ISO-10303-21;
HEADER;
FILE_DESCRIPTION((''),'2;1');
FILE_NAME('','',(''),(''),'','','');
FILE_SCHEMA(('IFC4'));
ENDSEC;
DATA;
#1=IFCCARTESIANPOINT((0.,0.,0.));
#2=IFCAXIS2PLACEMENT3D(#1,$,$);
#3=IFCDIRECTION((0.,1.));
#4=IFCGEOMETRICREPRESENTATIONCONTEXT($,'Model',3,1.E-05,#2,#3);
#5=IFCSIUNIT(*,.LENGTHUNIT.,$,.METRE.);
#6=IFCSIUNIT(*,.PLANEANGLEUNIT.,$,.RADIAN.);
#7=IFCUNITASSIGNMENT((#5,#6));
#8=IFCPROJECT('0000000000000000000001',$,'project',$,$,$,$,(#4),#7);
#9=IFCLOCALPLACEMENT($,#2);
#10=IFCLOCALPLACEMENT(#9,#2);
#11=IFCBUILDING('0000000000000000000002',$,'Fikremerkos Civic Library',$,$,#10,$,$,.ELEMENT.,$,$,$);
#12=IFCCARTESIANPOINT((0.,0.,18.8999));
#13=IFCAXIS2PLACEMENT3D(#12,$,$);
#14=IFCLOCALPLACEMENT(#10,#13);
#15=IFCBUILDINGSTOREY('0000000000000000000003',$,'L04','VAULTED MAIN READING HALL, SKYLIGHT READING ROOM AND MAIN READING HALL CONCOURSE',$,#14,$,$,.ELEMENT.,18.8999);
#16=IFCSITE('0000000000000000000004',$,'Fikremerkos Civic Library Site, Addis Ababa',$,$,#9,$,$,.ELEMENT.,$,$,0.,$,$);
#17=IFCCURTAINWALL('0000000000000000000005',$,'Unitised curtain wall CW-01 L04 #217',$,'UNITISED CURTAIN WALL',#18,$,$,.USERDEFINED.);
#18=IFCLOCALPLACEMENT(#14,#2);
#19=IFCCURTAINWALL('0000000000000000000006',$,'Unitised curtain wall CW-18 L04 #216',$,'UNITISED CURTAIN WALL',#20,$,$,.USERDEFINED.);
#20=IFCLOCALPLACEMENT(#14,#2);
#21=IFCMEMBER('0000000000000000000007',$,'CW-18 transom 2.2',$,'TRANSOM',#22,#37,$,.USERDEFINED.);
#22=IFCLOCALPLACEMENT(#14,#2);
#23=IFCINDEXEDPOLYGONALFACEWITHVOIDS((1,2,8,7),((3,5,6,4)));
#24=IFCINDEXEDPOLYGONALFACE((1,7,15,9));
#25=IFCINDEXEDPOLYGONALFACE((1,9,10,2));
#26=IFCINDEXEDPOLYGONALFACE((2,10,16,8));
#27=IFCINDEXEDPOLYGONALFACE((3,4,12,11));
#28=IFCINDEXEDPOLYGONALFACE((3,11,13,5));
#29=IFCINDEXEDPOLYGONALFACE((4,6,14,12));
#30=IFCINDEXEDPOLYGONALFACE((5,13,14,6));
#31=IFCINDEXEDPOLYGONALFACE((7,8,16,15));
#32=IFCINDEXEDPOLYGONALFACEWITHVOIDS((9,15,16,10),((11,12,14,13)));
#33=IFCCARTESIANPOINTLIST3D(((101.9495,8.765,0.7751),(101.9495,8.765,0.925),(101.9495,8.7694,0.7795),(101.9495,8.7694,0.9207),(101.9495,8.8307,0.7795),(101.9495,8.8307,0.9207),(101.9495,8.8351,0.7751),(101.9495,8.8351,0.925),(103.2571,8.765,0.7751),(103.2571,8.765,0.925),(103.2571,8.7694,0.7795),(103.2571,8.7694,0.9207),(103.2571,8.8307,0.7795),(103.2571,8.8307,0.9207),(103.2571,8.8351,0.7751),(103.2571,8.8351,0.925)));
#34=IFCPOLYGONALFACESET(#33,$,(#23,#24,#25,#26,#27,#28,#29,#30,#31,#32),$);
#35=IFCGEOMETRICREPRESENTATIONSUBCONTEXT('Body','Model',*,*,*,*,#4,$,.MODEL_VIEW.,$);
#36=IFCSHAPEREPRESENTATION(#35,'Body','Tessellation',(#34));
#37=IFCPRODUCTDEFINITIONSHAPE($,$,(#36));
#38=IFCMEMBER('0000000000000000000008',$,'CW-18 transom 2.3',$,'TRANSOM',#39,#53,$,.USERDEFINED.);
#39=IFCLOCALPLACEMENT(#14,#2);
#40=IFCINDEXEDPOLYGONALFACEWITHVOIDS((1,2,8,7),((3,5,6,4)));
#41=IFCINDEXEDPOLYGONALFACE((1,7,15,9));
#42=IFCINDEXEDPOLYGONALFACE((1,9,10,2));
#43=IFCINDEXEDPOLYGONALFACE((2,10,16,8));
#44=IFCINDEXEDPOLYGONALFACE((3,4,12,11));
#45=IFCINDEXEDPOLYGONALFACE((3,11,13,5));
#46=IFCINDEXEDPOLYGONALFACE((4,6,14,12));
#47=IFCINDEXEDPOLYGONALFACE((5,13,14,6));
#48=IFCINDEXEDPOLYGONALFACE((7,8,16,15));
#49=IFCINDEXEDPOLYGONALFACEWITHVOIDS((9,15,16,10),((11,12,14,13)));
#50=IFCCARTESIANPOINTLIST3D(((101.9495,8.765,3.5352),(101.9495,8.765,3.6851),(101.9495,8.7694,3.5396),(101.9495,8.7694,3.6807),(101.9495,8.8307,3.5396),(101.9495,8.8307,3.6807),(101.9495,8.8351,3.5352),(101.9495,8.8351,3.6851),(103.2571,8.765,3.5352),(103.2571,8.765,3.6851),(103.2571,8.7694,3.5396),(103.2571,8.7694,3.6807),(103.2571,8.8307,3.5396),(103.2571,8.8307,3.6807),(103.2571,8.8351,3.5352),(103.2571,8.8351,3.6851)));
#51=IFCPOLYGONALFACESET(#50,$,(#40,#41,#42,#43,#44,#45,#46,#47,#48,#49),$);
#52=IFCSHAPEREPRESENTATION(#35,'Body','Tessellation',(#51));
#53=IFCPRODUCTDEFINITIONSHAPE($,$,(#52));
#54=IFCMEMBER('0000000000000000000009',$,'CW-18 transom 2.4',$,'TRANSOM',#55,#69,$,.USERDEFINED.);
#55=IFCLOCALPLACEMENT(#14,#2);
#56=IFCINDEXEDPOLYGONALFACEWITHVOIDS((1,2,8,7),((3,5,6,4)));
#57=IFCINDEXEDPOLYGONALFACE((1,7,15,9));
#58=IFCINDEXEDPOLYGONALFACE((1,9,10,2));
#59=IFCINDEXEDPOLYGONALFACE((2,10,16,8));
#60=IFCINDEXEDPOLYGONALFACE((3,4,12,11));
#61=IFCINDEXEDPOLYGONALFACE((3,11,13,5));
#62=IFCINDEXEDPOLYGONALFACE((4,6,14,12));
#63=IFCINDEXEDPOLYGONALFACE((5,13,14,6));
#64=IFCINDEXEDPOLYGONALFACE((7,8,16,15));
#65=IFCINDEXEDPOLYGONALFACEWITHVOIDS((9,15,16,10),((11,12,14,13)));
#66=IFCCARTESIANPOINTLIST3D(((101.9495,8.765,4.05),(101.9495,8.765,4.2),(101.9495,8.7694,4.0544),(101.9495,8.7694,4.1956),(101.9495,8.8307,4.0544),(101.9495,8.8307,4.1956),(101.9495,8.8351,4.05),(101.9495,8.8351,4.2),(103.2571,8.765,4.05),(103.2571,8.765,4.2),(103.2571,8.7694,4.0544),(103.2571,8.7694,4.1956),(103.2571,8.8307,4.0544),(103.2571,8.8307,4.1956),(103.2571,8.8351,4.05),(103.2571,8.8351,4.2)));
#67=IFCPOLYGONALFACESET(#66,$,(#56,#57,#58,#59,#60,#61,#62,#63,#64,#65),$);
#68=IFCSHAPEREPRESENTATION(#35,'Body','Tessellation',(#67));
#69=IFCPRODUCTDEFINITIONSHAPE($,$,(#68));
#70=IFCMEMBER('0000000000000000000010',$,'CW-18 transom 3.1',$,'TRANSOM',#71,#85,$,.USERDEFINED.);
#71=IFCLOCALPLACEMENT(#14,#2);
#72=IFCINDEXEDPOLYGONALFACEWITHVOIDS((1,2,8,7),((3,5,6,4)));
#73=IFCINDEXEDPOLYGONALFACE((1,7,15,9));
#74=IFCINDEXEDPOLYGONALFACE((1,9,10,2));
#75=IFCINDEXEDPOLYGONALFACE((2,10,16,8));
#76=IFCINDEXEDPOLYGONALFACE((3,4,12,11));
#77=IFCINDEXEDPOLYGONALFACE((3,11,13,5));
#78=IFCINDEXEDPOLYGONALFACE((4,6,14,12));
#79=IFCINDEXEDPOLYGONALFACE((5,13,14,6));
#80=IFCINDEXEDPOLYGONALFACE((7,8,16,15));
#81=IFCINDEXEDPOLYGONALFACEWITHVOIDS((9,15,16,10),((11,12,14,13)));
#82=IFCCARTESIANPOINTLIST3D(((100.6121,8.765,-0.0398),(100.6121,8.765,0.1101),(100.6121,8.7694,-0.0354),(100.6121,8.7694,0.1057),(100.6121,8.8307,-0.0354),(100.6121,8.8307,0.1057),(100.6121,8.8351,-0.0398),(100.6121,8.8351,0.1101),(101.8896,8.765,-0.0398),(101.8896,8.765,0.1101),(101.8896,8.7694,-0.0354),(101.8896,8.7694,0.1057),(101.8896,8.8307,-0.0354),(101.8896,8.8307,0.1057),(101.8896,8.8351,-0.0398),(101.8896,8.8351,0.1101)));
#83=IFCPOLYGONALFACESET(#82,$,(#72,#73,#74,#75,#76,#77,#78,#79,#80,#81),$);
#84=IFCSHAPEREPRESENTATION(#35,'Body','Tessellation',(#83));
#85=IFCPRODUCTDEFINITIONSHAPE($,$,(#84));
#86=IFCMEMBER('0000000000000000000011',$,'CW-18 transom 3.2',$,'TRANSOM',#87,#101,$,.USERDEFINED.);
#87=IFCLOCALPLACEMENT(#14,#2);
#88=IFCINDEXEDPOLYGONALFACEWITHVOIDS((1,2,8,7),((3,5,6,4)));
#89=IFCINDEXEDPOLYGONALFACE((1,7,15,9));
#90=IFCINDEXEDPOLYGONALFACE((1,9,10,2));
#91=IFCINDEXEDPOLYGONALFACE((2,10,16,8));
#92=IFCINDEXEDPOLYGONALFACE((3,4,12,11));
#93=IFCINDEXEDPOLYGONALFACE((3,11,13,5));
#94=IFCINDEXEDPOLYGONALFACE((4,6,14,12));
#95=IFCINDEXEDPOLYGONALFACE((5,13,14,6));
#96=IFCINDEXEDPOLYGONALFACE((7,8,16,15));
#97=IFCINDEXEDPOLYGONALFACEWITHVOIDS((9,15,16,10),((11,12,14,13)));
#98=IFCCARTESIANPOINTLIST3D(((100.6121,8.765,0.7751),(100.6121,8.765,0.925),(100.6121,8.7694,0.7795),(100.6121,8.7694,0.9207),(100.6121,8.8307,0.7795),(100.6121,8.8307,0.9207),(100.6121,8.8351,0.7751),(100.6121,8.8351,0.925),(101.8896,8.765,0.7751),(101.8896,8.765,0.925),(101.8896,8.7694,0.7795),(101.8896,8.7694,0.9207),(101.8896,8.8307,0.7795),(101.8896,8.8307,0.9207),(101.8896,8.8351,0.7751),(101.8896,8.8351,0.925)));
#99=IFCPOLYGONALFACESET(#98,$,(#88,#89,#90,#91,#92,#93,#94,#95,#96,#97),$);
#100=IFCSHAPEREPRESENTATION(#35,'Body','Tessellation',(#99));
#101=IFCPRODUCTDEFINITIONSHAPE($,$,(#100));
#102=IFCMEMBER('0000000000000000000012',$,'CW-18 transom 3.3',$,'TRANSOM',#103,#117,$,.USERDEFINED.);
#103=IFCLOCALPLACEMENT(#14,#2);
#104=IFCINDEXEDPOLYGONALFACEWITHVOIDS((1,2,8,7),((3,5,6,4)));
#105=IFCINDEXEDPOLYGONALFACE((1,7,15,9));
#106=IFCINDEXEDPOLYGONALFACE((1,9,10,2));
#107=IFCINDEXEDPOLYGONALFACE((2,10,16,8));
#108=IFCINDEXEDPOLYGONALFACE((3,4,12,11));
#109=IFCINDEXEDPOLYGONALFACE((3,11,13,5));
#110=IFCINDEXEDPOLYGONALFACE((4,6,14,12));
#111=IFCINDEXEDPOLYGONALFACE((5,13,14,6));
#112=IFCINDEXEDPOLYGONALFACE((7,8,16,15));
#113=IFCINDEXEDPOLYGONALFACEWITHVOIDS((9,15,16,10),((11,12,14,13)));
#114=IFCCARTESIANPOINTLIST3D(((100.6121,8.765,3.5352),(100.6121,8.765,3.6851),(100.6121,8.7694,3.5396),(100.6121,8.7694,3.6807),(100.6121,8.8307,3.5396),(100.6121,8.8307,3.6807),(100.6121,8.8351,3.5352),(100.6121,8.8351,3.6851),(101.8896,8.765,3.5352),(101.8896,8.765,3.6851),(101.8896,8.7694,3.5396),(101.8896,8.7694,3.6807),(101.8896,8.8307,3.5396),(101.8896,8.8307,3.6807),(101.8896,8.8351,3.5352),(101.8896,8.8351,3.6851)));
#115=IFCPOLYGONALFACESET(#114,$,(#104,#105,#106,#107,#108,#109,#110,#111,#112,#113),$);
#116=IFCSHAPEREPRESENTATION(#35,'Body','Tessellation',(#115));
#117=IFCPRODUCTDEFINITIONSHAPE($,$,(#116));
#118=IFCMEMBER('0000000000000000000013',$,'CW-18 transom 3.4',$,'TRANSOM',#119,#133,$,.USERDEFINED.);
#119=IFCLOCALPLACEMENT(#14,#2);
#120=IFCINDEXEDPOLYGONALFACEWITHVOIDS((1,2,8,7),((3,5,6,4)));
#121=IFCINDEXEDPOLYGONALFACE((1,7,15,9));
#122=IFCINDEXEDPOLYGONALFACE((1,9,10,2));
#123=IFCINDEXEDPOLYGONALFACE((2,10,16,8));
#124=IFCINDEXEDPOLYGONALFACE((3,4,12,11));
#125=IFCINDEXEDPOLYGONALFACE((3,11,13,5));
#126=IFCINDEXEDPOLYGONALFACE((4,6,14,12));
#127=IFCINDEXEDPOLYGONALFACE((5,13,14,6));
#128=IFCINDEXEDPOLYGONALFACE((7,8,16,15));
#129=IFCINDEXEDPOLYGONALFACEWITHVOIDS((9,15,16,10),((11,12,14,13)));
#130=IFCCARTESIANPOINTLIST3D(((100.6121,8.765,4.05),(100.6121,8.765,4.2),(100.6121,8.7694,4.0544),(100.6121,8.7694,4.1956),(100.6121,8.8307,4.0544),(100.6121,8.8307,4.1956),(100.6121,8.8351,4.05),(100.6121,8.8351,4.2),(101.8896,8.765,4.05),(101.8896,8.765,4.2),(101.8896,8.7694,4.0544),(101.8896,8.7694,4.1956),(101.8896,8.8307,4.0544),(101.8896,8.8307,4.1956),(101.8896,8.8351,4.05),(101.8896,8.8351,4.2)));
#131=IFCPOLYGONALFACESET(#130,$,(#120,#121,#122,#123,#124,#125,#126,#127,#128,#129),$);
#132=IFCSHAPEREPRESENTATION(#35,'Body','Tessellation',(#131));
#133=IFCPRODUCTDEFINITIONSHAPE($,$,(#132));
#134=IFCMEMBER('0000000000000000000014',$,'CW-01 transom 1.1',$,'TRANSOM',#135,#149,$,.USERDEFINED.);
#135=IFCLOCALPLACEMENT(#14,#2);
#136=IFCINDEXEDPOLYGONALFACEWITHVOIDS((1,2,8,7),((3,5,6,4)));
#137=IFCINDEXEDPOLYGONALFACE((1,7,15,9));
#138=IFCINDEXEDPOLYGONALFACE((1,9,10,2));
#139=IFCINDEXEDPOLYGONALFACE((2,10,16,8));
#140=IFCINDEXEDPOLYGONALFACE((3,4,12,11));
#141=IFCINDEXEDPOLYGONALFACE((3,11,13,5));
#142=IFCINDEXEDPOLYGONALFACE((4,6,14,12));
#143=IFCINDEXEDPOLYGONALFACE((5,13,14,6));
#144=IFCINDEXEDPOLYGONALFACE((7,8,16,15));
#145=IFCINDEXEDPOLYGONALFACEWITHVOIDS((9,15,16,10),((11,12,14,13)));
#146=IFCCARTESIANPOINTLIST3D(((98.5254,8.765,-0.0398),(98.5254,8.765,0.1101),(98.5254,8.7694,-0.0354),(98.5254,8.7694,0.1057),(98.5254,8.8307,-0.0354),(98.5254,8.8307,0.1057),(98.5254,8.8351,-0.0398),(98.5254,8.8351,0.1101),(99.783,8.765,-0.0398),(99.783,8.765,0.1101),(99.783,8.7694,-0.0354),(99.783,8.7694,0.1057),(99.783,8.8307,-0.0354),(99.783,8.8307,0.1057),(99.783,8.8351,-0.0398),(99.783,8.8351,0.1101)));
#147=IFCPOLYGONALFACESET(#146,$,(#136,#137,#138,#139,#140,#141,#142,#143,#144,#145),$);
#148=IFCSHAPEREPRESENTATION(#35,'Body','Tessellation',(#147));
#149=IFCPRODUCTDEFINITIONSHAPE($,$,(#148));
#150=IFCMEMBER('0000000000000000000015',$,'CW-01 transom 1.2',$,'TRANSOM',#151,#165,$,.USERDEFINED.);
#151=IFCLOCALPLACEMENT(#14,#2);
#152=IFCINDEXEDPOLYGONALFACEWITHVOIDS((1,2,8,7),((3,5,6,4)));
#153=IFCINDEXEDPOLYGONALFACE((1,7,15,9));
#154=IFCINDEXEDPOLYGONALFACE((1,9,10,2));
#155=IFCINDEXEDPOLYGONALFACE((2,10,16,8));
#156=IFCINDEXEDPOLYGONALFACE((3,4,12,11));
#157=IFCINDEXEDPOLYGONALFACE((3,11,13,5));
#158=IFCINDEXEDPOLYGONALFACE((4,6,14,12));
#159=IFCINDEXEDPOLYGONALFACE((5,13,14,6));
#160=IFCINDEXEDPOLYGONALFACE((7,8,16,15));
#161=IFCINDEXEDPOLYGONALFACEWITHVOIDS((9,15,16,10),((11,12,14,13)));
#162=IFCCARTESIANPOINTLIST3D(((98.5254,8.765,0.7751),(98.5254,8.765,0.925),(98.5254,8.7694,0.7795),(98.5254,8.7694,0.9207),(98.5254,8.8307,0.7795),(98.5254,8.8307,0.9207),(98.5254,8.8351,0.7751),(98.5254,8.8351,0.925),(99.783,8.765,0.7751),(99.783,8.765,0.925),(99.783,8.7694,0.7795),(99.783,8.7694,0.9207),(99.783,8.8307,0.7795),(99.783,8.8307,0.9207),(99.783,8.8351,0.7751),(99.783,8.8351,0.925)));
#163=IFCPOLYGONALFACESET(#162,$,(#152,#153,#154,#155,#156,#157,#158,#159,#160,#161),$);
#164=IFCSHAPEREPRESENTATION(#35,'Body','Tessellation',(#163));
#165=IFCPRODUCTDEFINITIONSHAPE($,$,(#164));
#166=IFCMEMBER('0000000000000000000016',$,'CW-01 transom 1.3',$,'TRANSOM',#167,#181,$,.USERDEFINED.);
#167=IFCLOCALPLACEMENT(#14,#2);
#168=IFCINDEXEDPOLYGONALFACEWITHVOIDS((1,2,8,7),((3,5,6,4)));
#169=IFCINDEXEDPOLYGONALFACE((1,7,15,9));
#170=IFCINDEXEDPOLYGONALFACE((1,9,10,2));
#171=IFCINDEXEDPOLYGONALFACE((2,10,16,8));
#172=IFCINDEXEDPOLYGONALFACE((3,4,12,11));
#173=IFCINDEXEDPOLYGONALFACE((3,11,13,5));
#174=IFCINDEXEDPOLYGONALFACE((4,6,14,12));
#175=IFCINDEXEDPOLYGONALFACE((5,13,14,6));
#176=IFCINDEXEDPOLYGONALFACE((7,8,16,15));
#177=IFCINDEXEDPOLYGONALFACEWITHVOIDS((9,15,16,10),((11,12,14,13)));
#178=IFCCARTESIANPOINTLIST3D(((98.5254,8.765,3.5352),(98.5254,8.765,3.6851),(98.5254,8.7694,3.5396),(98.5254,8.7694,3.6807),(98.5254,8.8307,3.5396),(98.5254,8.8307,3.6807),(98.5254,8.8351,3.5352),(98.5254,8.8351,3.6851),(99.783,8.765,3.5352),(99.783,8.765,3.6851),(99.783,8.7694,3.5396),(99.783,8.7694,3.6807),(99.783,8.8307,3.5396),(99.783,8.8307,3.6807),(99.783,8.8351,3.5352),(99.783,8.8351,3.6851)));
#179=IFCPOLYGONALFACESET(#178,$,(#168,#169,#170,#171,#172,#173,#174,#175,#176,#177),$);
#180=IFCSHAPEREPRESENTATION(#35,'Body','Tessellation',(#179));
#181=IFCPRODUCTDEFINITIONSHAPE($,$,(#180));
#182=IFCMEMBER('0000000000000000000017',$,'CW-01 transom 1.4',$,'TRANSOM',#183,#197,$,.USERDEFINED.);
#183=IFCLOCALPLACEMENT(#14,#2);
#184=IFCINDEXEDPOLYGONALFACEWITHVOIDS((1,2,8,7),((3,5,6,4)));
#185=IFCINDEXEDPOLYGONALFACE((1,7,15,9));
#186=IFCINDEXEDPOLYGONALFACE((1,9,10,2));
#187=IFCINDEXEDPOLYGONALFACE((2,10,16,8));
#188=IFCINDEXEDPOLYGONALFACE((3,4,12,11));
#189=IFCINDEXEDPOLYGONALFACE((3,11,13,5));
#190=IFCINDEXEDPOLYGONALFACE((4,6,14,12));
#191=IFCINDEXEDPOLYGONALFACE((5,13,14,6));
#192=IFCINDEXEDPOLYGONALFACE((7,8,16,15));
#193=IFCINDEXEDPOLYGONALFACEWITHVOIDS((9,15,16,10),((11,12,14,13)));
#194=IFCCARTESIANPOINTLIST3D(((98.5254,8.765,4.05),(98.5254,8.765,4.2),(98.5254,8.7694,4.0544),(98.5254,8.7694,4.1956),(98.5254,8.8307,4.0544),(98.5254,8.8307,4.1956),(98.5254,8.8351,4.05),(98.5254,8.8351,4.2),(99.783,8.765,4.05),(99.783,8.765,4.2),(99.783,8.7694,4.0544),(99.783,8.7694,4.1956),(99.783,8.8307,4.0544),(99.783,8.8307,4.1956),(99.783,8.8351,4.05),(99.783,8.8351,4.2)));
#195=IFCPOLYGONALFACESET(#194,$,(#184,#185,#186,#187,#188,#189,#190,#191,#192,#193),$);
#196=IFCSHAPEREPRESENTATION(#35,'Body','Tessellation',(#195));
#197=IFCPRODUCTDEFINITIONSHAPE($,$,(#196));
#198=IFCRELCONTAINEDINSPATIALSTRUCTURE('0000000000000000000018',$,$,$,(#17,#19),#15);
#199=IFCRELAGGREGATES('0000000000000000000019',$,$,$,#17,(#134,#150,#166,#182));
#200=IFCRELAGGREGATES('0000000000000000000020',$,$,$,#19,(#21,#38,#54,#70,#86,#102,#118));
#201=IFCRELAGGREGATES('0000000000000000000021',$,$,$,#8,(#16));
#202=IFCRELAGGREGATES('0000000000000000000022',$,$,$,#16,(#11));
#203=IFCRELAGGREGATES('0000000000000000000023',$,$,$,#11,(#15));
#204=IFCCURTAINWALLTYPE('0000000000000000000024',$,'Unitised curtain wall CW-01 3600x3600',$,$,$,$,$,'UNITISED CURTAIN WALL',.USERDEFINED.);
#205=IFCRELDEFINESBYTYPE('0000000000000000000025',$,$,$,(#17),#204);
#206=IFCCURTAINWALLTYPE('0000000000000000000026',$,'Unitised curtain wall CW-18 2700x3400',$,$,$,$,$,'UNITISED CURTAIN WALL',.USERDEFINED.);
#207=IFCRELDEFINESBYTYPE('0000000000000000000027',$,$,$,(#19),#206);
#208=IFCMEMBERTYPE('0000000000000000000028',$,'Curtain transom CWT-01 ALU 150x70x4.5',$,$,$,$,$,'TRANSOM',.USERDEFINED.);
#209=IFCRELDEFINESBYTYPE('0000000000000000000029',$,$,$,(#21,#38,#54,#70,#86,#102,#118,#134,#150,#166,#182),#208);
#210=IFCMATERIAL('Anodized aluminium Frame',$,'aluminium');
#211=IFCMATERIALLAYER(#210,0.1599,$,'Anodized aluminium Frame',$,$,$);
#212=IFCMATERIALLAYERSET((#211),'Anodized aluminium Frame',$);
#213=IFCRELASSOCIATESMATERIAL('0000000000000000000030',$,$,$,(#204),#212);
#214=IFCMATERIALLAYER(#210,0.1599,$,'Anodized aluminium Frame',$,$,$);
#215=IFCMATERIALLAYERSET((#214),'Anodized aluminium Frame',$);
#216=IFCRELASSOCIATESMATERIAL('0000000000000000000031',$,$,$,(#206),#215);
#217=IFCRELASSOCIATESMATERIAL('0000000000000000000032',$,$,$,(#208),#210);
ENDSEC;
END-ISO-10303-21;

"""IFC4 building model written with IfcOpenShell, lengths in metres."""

from ifc_helpers import new_model, si_unit, direction, frame, origin, origin_2d, place, context, subcontext, project, spatial, hollow_rectangle, extrude, material, layer, layer_set, material_profile, profile_set, type_object, element, aggregate, save


model = new_model("IFC4")

# Units and contexts
model_context = context("Model", 3, precision=1e-05, world=origin(), true_north=direction((0.0, 1.0)))
body_context = subcontext(model_context, "Body", "Model", "MODEL_VIEW")
ifc_project = project(units=[si_unit("LENGTHUNIT", "METRE"), si_unit("PLANEANGLEUNIT", "RADIAN")], contexts=[model_context])

# Site, building, storey
site_placement = place(None, origin())
site = spatial("IfcSite", under=ifc_project, at=site_placement, Name="Fikremerkos Civic Library Site, Addis Ababa", CompositionType="ELEMENT", RefElevation=0.0)
building_placement = place(site_placement, origin())
building = spatial("IfcBuilding", under=site, at=building_placement, Name="Fikremerkos Civic Library", CompositionType="ELEMENT")
storey_placement = place(building_placement, frame((0.0, 0.0, 18.8999)))
storey = spatial("IfcBuildingStorey", under=building, at=storey_placement, Name="L04", Description="VAULTED MAIN READING HALL, SKYLIGHT READING ROOM AND MAIN READING HALL CONCOURSE", CompositionType="ELEMENT", Elevation=18.8999)

# Curtain walls, members
ifc_material_1 = material(Name="Anodized aluminium Frame", Category="aluminium")
ifc_layer_1 = layer(ifc_material_1, 0.1599, Name="Anodized aluminium Frame")
ifc_layer_set_1 = layer_set([ifc_layer_1], Name="Anodized aluminium Frame")
curtain_wall_type_1 = type_object("IfcCurtainWallType", Name="Unitised curtain wall CW-01 3600x3600", ElementType="UNITISED CURTAIN WALL", PredefinedType="USERDEFINED", material=ifc_layer_set_1)
curtain_wall_1_placement = place(storey_placement, origin())
curtain_wall_1 = element("IfcCurtainWall", 1, at=curtain_wall_1_placement, inside=storey, type_object=curtain_wall_type_1, Name="Unitised curtain wall CW-01 L04 #217", ObjectType="UNITISED CURTAIN WALL", PredefinedType="USERDEFINED")
ifc_layer_2 = layer(ifc_material_1, 0.1599, Name="Anodized aluminium Frame")
ifc_layer_set_2 = layer_set([ifc_layer_2], Name="Anodized aluminium Frame")
curtain_wall_type_2 = type_object("IfcCurtainWallType", Name="Unitised curtain wall CW-18 2700x3400", ElementType="UNITISED CURTAIN WALL", PredefinedType="USERDEFINED", material=ifc_layer_set_2)
curtain_wall_2_placement = place(storey_placement, origin())
curtain_wall_2 = element("IfcCurtainWall", 2, at=curtain_wall_2_placement, inside=storey, type_object=curtain_wall_type_2, Name="Unitised curtain wall CW-18 L04 #216", ObjectType="UNITISED CURTAIN WALL", PredefinedType="USERDEFINED")
ifc_material_profile_1 = material_profile(ifc_material_1, hollow_rectangle(XDim=0.0701, YDim=0.1499, WallThickness=0.0044, at=origin_2d()), Name="ALU 150x70x4.5")
ifc_profile_set_1 = profile_set([ifc_material_profile_1], Name="Anodized aluminium Frame")
member_type_1 = type_object("IfcMemberType", Name="Curtain transom CWT-01 ALU 150x70x4.5", ElementType="TRANSOM", PredefinedType="USERDEFINED", material=ifc_profile_set_1)
member_1_placement = place(storey_placement, frame((103.2571, 8.8, 0.8501), z_axis=(-1.0, 0.0, 0.0), x_axis=(0.0, -1.0, 0.0)))
member_1 = element("IfcMember", 3, at=member_1_placement, type_object=member_type_1, Name="CW-18 transom 2.2", ObjectType="TRANSOM", PredefinedType="USERDEFINED", context=body_context, shape_type="SweptSolid", body=[
    extrude(hollow_rectangle(XDim=0.0701, YDim=0.1499, WallThickness=0.0044, at=origin_2d()), origin(), (0.0, 0.0, 1.0), 1.3076),
])
member_2_placement = place(storey_placement, frame((103.2571, 8.8, 3.6101), z_axis=(-1.0, 0.0, 0.0), x_axis=(0.0, -1.0, 0.0)))
member_2 = element("IfcMember", 4, at=member_2_placement, type_object=member_type_1, Name="CW-18 transom 2.3", ObjectType="TRANSOM", PredefinedType="USERDEFINED", context=body_context, shape_type="SweptSolid", body=[
    extrude(hollow_rectangle(XDim=0.0701, YDim=0.1499, WallThickness=0.0044, at=origin_2d()), origin(), (0.0, 0.0, 1.0), 1.3076),
])
member_3_placement = place(storey_placement, frame((103.2571, 8.8, 4.125), z_axis=(-1.0, 0.0, 0.0), x_axis=(0.0, -1.0, 0.0)))
member_3 = element("IfcMember", 5, at=member_3_placement, type_object=member_type_1, Name="CW-18 transom 2.4", ObjectType="TRANSOM", PredefinedType="USERDEFINED", context=body_context, shape_type="SweptSolid", body=[
    extrude(hollow_rectangle(XDim=0.0701, YDim=0.1499, WallThickness=0.0044, at=origin_2d()), origin(), (0.0, 0.0, 1.0), 1.3076),
])
member_4_placement = place(storey_placement, frame((101.8896, 8.8, 0.0352), z_axis=(-1.0, 0.0, 0.0), x_axis=(0.0, -1.0, 0.0)))
member_4 = element("IfcMember", 6, at=member_4_placement, type_object=member_type_1, Name="CW-18 transom 3.1", ObjectType="TRANSOM", PredefinedType="USERDEFINED", context=body_context, shape_type="SweptSolid", body=[
    extrude(hollow_rectangle(XDim=0.0701, YDim=0.1499, WallThickness=0.0044, at=origin_2d()), origin(), (0.0, 0.0, 1.0), 1.2776),
])
member_5_placement = place(storey_placement, frame((101.8896, 8.8, 0.8501), z_axis=(-1.0, 0.0, 0.0), x_axis=(0.0, -1.0, 0.0)))
member_5 = element("IfcMember", 7, at=member_5_placement, type_object=member_type_1, Name="CW-18 transom 3.2", ObjectType="TRANSOM", PredefinedType="USERDEFINED", context=body_context, shape_type="SweptSolid", body=[
    extrude(hollow_rectangle(XDim=0.0701, YDim=0.1499, WallThickness=0.0044, at=origin_2d()), origin(), (0.0, 0.0, 1.0), 1.2776),
])
member_6_placement = place(storey_placement, frame((101.8896, 8.8, 3.6101), z_axis=(-1.0, 0.0, 0.0), x_axis=(0.0, -1.0, 0.0)))
member_6 = element("IfcMember", 8, at=member_6_placement, type_object=member_type_1, Name="CW-18 transom 3.3", ObjectType="TRANSOM", PredefinedType="USERDEFINED", context=body_context, shape_type="SweptSolid", body=[
    extrude(hollow_rectangle(XDim=0.0701, YDim=0.1499, WallThickness=0.0044, at=origin_2d()), origin(), (0.0, 0.0, 1.0), 1.2776),
])
member_7_placement = place(storey_placement, frame((101.8896, 8.8, 4.125), z_axis=(-1.0, 0.0, 0.0), x_axis=(0.0, -1.0, 0.0)))
member_7 = element("IfcMember", 9, at=member_7_placement, type_object=member_type_1, Name="CW-18 transom 3.4", ObjectType="TRANSOM", PredefinedType="USERDEFINED", context=body_context, shape_type="SweptSolid", body=[
    extrude(hollow_rectangle(XDim=0.0701, YDim=0.1499, WallThickness=0.0044, at=origin_2d()), origin(), (0.0, 0.0, 1.0), 1.2776),
])

# Members
member_8_placement = place(storey_placement, frame((99.783, 8.8, 0.0352), z_axis=(-1.0, 0.0, 0.0), x_axis=(0.0, -1.0, 0.0)))
member_8 = element("IfcMember", 10, at=member_8_placement, type_object=member_type_1, Name="CW-01 transom 1.1", ObjectType="TRANSOM", PredefinedType="USERDEFINED", context=body_context, shape_type="SweptSolid", body=[
    extrude(hollow_rectangle(XDim=0.0701, YDim=0.1499, WallThickness=0.0044, at=origin_2d()), origin(), (0.0, 0.0, 1.0), 1.2576),
])
member_9_placement = place(storey_placement, frame((99.783, 8.8, 0.8501), z_axis=(-1.0, 0.0, 0.0), x_axis=(0.0, -1.0, 0.0)))
member_9 = element("IfcMember", 11, at=member_9_placement, type_object=member_type_1, Name="CW-01 transom 1.2", ObjectType="TRANSOM", PredefinedType="USERDEFINED", context=body_context, shape_type="SweptSolid", body=[
    extrude(hollow_rectangle(XDim=0.0701, YDim=0.1499, WallThickness=0.0044, at=origin_2d()), origin(), (0.0, 0.0, 1.0), 1.2576),
])
member_10_placement = place(storey_placement, frame((99.783, 8.8, 3.6101), z_axis=(-1.0, 0.0, 0.0), x_axis=(0.0, -1.0, 0.0)))
member_10 = element("IfcMember", 12, at=member_10_placement, type_object=member_type_1, Name="CW-01 transom 1.3", ObjectType="TRANSOM", PredefinedType="USERDEFINED", context=body_context, shape_type="SweptSolid", body=[
    extrude(hollow_rectangle(XDim=0.0701, YDim=0.1499, WallThickness=0.0044, at=origin_2d()), origin(), (0.0, 0.0, 1.0), 1.2576),
])
member_11_placement = place(storey_placement, frame((99.783, 8.8, 4.125), z_axis=(-1.0, 0.0, 0.0), x_axis=(0.0, -1.0, 0.0)))
member_11 = element("IfcMember", 13, at=member_11_placement, type_object=member_type_1, Name="CW-01 transom 1.4", ObjectType="TRANSOM", PredefinedType="USERDEFINED", context=body_context, shape_type="SweptSolid", body=[
    extrude(hollow_rectangle(XDim=0.0701, YDim=0.1499, WallThickness=0.0044, at=origin_2d()), origin(), (0.0, 0.0, 1.0), 1.2576),
])

aggregate(curtain_wall_1, [member_8, member_9, member_10, member_11])
aggregate(curtain_wall_2, [member_1, member_2, member_3, member_4, member_5, member_6, member_7])

save(model, "model.ifc")
